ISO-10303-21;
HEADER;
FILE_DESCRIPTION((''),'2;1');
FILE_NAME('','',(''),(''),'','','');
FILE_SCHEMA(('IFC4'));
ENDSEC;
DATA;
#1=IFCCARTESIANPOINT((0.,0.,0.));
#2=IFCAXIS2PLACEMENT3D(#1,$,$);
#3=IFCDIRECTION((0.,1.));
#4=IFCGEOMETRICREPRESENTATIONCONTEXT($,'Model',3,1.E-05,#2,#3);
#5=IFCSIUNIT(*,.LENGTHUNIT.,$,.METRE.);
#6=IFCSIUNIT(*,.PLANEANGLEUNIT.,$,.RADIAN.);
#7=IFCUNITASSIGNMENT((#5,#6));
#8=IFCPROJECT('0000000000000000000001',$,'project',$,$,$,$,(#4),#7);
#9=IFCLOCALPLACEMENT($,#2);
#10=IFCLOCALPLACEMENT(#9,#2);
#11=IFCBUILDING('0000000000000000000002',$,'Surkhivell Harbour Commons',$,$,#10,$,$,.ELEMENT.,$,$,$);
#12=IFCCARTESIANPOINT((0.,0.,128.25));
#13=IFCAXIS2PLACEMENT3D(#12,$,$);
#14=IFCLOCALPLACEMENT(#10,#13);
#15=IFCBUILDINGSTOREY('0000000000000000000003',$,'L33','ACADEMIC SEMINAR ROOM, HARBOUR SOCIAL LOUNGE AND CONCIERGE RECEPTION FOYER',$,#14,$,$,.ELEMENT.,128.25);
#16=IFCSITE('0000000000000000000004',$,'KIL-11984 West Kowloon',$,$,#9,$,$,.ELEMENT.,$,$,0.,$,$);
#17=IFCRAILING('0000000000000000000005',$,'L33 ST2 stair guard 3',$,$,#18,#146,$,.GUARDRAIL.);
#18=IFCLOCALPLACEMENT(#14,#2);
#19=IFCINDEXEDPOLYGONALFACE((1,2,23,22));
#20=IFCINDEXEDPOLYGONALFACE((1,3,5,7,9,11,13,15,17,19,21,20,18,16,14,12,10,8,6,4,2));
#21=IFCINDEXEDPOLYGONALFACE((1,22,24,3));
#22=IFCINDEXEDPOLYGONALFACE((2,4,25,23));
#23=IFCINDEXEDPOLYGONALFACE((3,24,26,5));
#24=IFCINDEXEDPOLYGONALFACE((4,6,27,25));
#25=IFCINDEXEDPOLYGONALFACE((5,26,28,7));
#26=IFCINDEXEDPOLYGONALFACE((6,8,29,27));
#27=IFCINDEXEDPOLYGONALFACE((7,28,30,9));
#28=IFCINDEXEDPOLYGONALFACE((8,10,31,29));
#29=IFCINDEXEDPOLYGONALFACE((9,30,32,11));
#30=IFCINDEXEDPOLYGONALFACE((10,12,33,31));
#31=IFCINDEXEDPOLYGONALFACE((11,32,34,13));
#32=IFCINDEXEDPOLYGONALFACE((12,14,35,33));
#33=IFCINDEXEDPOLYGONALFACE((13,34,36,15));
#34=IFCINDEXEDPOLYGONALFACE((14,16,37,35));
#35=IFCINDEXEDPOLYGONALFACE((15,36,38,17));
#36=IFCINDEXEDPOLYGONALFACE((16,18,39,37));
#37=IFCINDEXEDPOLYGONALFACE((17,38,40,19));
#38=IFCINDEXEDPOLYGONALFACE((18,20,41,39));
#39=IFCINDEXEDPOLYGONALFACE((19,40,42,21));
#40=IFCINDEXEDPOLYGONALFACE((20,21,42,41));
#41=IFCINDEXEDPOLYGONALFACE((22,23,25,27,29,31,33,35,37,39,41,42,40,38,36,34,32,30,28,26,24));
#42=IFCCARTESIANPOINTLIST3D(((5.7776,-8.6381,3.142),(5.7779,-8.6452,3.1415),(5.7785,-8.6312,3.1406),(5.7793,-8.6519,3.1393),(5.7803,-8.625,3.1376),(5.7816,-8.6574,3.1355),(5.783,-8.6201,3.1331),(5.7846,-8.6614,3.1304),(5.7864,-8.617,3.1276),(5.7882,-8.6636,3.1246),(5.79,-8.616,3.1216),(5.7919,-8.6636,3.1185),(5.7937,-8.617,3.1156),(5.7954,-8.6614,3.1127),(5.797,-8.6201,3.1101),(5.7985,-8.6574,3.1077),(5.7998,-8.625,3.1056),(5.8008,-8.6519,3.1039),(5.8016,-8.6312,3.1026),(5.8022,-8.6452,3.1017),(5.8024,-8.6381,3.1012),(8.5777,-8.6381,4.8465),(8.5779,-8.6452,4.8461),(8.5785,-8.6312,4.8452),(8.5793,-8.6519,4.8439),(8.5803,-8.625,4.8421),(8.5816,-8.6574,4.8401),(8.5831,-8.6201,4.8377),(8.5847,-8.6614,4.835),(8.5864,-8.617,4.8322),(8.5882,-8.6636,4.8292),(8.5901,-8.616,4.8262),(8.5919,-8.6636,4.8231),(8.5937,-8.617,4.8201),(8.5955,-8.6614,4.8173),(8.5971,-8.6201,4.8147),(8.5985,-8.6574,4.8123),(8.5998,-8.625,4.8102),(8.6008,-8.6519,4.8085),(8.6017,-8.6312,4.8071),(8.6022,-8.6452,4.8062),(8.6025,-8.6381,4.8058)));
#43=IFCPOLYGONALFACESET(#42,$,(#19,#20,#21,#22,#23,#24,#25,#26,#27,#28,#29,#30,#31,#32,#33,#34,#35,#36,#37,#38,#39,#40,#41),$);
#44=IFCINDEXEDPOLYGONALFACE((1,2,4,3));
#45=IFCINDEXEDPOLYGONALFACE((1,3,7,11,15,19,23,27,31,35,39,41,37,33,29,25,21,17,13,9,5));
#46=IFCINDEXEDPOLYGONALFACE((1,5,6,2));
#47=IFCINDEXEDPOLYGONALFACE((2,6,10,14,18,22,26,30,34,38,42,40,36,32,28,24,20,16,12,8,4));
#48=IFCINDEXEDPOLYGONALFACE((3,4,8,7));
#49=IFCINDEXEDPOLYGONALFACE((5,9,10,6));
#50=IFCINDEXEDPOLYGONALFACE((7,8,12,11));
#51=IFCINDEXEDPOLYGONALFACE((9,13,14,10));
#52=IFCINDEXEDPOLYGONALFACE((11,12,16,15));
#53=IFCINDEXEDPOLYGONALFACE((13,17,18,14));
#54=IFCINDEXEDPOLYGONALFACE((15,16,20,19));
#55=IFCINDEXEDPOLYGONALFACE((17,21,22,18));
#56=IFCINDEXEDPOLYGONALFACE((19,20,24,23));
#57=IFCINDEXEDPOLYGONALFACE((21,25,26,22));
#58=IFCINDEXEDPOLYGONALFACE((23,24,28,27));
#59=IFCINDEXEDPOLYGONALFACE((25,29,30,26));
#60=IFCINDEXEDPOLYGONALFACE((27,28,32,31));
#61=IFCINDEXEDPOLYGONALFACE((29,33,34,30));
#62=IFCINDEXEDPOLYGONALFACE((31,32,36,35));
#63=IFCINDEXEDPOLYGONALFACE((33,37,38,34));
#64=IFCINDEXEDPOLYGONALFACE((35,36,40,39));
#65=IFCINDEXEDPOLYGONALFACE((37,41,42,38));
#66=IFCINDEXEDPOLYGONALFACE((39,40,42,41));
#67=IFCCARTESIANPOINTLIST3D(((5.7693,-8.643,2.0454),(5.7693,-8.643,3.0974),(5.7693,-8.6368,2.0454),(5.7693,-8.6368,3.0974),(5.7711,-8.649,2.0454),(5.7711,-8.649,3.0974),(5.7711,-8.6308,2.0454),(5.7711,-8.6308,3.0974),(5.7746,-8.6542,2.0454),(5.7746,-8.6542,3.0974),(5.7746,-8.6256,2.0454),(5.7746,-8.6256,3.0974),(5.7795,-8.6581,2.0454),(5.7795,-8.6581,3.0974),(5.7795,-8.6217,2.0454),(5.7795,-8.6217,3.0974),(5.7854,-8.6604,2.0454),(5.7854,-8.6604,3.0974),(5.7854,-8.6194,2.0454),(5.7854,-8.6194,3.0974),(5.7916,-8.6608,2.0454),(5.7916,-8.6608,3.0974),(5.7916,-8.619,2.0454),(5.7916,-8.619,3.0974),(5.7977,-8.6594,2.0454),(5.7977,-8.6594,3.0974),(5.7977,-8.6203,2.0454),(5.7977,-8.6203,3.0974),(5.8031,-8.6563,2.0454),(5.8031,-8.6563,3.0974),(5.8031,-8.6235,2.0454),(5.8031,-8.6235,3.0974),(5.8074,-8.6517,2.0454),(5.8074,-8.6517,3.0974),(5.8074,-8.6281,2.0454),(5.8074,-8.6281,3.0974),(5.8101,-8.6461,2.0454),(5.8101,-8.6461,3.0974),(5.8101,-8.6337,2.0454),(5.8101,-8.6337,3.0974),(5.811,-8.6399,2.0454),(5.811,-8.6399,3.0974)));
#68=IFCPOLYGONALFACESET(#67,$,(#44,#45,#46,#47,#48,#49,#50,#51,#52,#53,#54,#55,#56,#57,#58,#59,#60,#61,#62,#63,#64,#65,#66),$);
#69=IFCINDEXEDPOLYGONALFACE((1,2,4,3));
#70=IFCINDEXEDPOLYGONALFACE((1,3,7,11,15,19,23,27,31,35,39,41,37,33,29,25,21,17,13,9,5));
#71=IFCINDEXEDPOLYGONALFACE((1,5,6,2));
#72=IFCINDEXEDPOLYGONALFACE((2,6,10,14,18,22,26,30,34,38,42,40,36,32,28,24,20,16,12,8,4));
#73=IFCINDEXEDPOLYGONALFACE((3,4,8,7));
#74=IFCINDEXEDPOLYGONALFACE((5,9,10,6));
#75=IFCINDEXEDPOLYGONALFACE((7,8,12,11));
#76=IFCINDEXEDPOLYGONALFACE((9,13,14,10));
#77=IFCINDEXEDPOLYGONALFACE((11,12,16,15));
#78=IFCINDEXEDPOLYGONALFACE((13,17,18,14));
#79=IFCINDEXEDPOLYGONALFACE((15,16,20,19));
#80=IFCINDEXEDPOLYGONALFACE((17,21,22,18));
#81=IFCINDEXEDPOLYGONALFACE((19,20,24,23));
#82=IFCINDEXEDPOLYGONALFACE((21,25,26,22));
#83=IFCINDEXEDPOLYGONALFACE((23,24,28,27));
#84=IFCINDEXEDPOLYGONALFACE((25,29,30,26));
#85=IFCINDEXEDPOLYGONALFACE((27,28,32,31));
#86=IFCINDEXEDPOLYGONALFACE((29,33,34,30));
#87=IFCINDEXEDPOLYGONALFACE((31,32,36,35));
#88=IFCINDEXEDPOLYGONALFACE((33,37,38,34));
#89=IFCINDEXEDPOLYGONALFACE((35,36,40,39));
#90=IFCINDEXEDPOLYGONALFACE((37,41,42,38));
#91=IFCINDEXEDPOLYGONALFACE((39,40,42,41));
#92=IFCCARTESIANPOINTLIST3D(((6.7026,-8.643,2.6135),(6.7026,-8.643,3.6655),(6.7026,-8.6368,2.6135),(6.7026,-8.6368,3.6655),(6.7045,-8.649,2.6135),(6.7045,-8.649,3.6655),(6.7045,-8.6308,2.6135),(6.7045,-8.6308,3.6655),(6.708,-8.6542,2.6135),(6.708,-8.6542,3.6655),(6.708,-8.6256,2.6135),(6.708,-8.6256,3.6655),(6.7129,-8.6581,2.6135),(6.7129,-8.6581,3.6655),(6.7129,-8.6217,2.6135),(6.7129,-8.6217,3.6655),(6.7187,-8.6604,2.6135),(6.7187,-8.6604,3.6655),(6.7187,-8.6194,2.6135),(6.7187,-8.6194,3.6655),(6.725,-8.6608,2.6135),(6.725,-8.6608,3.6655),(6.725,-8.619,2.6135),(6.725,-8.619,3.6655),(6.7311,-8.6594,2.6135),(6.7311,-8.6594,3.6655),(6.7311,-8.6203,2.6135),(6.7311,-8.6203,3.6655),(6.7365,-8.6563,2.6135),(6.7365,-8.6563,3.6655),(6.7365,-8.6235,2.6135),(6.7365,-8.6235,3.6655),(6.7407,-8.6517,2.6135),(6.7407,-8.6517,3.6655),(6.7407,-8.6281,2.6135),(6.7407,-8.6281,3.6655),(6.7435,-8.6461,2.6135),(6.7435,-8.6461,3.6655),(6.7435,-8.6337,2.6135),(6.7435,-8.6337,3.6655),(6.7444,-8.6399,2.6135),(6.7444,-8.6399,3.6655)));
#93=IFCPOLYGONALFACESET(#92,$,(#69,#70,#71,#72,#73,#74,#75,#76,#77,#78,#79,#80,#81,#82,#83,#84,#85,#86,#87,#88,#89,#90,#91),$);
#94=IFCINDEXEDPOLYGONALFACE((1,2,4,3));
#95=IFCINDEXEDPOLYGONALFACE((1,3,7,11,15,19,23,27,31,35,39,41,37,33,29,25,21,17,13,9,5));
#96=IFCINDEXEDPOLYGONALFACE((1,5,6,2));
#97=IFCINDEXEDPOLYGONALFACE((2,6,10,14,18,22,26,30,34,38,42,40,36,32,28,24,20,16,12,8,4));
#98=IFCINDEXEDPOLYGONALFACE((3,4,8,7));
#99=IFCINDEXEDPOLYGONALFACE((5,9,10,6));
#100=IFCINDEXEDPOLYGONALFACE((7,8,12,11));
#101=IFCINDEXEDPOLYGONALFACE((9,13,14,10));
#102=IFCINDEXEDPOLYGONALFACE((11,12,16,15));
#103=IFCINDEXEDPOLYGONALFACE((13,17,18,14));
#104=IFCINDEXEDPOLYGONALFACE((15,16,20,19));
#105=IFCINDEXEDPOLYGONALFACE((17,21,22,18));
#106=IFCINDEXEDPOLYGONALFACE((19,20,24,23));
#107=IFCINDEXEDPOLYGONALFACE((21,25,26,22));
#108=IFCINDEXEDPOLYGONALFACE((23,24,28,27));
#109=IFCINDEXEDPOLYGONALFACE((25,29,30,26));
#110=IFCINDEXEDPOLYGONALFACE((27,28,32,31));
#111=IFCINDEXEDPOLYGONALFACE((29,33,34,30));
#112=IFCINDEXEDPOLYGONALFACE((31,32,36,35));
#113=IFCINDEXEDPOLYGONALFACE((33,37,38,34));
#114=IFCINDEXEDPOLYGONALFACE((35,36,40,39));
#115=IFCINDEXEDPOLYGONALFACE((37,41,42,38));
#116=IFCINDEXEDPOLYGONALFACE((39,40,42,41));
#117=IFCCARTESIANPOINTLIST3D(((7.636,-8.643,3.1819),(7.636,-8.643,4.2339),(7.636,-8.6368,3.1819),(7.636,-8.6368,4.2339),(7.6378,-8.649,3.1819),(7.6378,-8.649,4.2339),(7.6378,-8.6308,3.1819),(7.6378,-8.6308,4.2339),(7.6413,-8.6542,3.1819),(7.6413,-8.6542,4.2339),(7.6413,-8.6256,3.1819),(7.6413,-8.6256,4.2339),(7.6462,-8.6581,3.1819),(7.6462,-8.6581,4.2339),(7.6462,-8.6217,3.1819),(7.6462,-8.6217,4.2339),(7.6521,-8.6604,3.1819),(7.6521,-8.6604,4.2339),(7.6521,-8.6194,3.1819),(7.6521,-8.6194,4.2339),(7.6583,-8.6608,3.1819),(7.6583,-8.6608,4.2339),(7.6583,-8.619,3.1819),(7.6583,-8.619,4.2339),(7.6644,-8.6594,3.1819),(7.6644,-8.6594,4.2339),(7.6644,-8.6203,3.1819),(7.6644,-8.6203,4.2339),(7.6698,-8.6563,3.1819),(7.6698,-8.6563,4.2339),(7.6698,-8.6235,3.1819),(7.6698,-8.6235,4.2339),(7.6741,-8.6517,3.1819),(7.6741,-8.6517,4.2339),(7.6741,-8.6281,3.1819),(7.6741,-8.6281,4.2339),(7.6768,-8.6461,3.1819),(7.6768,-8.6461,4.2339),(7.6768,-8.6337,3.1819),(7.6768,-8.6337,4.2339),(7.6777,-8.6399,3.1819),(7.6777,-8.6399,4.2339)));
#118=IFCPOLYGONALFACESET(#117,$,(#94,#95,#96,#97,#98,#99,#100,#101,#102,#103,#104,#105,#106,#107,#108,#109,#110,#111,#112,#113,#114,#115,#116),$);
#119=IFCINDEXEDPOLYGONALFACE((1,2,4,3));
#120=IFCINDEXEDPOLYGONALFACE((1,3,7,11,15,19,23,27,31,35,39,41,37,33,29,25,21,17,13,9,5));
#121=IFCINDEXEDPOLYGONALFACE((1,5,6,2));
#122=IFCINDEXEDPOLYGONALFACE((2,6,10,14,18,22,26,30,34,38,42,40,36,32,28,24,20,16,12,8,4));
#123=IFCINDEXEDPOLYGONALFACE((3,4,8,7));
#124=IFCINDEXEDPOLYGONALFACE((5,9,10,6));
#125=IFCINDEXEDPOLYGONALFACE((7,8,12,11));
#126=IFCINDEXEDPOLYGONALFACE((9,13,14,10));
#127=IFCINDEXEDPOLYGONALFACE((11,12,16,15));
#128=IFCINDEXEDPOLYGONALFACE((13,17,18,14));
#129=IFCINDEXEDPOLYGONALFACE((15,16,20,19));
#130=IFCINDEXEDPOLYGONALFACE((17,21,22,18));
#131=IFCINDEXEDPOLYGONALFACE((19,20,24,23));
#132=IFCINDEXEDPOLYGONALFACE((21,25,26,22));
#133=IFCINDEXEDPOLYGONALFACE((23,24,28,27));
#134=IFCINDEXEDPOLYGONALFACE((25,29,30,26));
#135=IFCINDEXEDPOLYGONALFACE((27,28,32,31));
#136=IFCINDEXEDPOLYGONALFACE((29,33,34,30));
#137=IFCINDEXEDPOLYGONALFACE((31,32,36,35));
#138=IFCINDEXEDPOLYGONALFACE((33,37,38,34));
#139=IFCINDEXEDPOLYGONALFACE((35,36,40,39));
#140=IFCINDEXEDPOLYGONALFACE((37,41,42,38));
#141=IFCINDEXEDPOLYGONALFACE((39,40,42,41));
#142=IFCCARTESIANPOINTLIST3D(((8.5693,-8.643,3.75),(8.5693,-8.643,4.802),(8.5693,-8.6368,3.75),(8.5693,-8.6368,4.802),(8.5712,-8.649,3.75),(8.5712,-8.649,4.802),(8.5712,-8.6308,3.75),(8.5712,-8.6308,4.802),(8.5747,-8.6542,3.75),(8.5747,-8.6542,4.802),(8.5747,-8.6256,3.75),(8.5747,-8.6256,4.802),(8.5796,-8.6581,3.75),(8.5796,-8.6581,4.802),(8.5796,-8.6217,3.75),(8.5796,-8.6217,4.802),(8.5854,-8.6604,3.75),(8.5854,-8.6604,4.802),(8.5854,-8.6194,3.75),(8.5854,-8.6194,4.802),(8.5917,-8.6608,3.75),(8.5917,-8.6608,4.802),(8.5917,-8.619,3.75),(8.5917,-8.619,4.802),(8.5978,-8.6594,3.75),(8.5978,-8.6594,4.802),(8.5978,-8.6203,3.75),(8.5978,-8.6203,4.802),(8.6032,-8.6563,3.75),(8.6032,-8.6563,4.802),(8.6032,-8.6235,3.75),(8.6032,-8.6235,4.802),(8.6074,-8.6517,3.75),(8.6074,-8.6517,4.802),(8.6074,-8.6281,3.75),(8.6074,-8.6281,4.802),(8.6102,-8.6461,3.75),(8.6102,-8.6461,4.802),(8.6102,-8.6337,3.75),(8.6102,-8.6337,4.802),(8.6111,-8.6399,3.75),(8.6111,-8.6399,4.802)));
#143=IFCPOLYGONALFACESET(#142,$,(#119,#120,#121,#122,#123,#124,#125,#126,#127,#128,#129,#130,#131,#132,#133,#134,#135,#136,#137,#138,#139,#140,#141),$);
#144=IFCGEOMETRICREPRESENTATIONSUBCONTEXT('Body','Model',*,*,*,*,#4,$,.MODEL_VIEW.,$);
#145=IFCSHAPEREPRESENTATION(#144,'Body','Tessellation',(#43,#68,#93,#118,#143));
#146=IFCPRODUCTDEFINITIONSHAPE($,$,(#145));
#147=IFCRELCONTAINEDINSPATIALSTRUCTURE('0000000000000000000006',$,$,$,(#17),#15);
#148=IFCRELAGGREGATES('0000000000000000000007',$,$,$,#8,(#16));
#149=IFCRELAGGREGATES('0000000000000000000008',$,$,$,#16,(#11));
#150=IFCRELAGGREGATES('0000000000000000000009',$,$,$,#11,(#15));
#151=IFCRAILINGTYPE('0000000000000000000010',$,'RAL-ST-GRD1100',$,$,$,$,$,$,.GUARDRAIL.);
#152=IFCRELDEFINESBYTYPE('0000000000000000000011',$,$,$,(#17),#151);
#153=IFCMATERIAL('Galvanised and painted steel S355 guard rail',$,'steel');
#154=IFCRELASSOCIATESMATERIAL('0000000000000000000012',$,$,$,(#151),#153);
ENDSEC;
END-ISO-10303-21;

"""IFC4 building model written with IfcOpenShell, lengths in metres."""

from ifc_helpers import new_model, si_unit, direction, frame, origin, origin_2d, place, context, subcontext, project, spatial, circle, extrude, material, type_object, element, save


model = new_model("IFC4")

# Units and contexts
model_context = context("Model", 3, precision=1e-05, world=origin(), true_north=direction((0.0, 1.0)))
body_context = subcontext(model_context, "Body", "Model", "MODEL_VIEW")
ifc_project = project(units=[si_unit("LENGTHUNIT", "METRE"), si_unit("PLANEANGLEUNIT", "RADIAN")], contexts=[model_context])

# Site, building, storey
site_placement = place(None, origin())
site = spatial("IfcSite", under=ifc_project, at=site_placement, Name="KIL-11984 West Kowloon", CompositionType="ELEMENT", RefElevation=0.0)
building_placement = place(site_placement, origin())
building = spatial("IfcBuilding", under=site, at=building_placement, Name="Surkhivell Harbour Commons", CompositionType="ELEMENT")
storey_placement = place(building_placement, frame((0.0, 0.0, 128.25)))
storey = spatial("IfcBuildingStorey", under=building, at=storey_placement, Name="L33", Description="ACADEMIC SEMINAR ROOM, HARBOUR SOCIAL LOUNGE AND CONCIERGE RECEPTION FOYER", CompositionType="ELEMENT", Elevation=128.25)

# Railing
ifc_material_1 = material(Name="Galvanised and painted steel S355 guard rail", Category="steel")
railing_type_1 = type_object("IfcRailingType", Name="RAL-ST-GRD1100", PredefinedType="GUARDRAIL", material=ifc_material_1)
railing_1_placement = place(storey_placement, frame((5.79, -8.6399, 2.0454)))
element("IfcRailing", 1, at=railing_1_placement, inside=storey, type_object=railing_type_1, Name="L33 ST2 stair guard 3", PredefinedType="GUARDRAIL", context=body_context, shape_type="SweptSolid", body=[
    extrude(circle(Radius=0.0239, at=origin_2d()), frame((0.0, 0.0, 1.0762), z_axis=(0.85417, 0.0, 0.519994), x_axis=(0.0, 1.0, 0.0)), (0.0, 0.0, 1.0), 3.2781),
    extrude(circle(Radius=0.021, at=origin_2d()), origin(), (0.0, 0.0, 1.0), 1.052),
    extrude(circle(Radius=0.021, at=origin_2d()), frame((0.9333, 0.0, 0.5681)), (0.0, 0.0, 1.0), 1.052),
    extrude(circle(Radius=0.021, at=origin_2d()), frame((1.8667, 0.0, 1.1365)), (0.0, 0.0, 1.0), 1.052),
    extrude(circle(Radius=0.021, at=origin_2d()), frame((2.8, 0.0, 1.7046)), (0.0, 0.0, 1.0), 1.052),
])

save(model, "model.ifc")
